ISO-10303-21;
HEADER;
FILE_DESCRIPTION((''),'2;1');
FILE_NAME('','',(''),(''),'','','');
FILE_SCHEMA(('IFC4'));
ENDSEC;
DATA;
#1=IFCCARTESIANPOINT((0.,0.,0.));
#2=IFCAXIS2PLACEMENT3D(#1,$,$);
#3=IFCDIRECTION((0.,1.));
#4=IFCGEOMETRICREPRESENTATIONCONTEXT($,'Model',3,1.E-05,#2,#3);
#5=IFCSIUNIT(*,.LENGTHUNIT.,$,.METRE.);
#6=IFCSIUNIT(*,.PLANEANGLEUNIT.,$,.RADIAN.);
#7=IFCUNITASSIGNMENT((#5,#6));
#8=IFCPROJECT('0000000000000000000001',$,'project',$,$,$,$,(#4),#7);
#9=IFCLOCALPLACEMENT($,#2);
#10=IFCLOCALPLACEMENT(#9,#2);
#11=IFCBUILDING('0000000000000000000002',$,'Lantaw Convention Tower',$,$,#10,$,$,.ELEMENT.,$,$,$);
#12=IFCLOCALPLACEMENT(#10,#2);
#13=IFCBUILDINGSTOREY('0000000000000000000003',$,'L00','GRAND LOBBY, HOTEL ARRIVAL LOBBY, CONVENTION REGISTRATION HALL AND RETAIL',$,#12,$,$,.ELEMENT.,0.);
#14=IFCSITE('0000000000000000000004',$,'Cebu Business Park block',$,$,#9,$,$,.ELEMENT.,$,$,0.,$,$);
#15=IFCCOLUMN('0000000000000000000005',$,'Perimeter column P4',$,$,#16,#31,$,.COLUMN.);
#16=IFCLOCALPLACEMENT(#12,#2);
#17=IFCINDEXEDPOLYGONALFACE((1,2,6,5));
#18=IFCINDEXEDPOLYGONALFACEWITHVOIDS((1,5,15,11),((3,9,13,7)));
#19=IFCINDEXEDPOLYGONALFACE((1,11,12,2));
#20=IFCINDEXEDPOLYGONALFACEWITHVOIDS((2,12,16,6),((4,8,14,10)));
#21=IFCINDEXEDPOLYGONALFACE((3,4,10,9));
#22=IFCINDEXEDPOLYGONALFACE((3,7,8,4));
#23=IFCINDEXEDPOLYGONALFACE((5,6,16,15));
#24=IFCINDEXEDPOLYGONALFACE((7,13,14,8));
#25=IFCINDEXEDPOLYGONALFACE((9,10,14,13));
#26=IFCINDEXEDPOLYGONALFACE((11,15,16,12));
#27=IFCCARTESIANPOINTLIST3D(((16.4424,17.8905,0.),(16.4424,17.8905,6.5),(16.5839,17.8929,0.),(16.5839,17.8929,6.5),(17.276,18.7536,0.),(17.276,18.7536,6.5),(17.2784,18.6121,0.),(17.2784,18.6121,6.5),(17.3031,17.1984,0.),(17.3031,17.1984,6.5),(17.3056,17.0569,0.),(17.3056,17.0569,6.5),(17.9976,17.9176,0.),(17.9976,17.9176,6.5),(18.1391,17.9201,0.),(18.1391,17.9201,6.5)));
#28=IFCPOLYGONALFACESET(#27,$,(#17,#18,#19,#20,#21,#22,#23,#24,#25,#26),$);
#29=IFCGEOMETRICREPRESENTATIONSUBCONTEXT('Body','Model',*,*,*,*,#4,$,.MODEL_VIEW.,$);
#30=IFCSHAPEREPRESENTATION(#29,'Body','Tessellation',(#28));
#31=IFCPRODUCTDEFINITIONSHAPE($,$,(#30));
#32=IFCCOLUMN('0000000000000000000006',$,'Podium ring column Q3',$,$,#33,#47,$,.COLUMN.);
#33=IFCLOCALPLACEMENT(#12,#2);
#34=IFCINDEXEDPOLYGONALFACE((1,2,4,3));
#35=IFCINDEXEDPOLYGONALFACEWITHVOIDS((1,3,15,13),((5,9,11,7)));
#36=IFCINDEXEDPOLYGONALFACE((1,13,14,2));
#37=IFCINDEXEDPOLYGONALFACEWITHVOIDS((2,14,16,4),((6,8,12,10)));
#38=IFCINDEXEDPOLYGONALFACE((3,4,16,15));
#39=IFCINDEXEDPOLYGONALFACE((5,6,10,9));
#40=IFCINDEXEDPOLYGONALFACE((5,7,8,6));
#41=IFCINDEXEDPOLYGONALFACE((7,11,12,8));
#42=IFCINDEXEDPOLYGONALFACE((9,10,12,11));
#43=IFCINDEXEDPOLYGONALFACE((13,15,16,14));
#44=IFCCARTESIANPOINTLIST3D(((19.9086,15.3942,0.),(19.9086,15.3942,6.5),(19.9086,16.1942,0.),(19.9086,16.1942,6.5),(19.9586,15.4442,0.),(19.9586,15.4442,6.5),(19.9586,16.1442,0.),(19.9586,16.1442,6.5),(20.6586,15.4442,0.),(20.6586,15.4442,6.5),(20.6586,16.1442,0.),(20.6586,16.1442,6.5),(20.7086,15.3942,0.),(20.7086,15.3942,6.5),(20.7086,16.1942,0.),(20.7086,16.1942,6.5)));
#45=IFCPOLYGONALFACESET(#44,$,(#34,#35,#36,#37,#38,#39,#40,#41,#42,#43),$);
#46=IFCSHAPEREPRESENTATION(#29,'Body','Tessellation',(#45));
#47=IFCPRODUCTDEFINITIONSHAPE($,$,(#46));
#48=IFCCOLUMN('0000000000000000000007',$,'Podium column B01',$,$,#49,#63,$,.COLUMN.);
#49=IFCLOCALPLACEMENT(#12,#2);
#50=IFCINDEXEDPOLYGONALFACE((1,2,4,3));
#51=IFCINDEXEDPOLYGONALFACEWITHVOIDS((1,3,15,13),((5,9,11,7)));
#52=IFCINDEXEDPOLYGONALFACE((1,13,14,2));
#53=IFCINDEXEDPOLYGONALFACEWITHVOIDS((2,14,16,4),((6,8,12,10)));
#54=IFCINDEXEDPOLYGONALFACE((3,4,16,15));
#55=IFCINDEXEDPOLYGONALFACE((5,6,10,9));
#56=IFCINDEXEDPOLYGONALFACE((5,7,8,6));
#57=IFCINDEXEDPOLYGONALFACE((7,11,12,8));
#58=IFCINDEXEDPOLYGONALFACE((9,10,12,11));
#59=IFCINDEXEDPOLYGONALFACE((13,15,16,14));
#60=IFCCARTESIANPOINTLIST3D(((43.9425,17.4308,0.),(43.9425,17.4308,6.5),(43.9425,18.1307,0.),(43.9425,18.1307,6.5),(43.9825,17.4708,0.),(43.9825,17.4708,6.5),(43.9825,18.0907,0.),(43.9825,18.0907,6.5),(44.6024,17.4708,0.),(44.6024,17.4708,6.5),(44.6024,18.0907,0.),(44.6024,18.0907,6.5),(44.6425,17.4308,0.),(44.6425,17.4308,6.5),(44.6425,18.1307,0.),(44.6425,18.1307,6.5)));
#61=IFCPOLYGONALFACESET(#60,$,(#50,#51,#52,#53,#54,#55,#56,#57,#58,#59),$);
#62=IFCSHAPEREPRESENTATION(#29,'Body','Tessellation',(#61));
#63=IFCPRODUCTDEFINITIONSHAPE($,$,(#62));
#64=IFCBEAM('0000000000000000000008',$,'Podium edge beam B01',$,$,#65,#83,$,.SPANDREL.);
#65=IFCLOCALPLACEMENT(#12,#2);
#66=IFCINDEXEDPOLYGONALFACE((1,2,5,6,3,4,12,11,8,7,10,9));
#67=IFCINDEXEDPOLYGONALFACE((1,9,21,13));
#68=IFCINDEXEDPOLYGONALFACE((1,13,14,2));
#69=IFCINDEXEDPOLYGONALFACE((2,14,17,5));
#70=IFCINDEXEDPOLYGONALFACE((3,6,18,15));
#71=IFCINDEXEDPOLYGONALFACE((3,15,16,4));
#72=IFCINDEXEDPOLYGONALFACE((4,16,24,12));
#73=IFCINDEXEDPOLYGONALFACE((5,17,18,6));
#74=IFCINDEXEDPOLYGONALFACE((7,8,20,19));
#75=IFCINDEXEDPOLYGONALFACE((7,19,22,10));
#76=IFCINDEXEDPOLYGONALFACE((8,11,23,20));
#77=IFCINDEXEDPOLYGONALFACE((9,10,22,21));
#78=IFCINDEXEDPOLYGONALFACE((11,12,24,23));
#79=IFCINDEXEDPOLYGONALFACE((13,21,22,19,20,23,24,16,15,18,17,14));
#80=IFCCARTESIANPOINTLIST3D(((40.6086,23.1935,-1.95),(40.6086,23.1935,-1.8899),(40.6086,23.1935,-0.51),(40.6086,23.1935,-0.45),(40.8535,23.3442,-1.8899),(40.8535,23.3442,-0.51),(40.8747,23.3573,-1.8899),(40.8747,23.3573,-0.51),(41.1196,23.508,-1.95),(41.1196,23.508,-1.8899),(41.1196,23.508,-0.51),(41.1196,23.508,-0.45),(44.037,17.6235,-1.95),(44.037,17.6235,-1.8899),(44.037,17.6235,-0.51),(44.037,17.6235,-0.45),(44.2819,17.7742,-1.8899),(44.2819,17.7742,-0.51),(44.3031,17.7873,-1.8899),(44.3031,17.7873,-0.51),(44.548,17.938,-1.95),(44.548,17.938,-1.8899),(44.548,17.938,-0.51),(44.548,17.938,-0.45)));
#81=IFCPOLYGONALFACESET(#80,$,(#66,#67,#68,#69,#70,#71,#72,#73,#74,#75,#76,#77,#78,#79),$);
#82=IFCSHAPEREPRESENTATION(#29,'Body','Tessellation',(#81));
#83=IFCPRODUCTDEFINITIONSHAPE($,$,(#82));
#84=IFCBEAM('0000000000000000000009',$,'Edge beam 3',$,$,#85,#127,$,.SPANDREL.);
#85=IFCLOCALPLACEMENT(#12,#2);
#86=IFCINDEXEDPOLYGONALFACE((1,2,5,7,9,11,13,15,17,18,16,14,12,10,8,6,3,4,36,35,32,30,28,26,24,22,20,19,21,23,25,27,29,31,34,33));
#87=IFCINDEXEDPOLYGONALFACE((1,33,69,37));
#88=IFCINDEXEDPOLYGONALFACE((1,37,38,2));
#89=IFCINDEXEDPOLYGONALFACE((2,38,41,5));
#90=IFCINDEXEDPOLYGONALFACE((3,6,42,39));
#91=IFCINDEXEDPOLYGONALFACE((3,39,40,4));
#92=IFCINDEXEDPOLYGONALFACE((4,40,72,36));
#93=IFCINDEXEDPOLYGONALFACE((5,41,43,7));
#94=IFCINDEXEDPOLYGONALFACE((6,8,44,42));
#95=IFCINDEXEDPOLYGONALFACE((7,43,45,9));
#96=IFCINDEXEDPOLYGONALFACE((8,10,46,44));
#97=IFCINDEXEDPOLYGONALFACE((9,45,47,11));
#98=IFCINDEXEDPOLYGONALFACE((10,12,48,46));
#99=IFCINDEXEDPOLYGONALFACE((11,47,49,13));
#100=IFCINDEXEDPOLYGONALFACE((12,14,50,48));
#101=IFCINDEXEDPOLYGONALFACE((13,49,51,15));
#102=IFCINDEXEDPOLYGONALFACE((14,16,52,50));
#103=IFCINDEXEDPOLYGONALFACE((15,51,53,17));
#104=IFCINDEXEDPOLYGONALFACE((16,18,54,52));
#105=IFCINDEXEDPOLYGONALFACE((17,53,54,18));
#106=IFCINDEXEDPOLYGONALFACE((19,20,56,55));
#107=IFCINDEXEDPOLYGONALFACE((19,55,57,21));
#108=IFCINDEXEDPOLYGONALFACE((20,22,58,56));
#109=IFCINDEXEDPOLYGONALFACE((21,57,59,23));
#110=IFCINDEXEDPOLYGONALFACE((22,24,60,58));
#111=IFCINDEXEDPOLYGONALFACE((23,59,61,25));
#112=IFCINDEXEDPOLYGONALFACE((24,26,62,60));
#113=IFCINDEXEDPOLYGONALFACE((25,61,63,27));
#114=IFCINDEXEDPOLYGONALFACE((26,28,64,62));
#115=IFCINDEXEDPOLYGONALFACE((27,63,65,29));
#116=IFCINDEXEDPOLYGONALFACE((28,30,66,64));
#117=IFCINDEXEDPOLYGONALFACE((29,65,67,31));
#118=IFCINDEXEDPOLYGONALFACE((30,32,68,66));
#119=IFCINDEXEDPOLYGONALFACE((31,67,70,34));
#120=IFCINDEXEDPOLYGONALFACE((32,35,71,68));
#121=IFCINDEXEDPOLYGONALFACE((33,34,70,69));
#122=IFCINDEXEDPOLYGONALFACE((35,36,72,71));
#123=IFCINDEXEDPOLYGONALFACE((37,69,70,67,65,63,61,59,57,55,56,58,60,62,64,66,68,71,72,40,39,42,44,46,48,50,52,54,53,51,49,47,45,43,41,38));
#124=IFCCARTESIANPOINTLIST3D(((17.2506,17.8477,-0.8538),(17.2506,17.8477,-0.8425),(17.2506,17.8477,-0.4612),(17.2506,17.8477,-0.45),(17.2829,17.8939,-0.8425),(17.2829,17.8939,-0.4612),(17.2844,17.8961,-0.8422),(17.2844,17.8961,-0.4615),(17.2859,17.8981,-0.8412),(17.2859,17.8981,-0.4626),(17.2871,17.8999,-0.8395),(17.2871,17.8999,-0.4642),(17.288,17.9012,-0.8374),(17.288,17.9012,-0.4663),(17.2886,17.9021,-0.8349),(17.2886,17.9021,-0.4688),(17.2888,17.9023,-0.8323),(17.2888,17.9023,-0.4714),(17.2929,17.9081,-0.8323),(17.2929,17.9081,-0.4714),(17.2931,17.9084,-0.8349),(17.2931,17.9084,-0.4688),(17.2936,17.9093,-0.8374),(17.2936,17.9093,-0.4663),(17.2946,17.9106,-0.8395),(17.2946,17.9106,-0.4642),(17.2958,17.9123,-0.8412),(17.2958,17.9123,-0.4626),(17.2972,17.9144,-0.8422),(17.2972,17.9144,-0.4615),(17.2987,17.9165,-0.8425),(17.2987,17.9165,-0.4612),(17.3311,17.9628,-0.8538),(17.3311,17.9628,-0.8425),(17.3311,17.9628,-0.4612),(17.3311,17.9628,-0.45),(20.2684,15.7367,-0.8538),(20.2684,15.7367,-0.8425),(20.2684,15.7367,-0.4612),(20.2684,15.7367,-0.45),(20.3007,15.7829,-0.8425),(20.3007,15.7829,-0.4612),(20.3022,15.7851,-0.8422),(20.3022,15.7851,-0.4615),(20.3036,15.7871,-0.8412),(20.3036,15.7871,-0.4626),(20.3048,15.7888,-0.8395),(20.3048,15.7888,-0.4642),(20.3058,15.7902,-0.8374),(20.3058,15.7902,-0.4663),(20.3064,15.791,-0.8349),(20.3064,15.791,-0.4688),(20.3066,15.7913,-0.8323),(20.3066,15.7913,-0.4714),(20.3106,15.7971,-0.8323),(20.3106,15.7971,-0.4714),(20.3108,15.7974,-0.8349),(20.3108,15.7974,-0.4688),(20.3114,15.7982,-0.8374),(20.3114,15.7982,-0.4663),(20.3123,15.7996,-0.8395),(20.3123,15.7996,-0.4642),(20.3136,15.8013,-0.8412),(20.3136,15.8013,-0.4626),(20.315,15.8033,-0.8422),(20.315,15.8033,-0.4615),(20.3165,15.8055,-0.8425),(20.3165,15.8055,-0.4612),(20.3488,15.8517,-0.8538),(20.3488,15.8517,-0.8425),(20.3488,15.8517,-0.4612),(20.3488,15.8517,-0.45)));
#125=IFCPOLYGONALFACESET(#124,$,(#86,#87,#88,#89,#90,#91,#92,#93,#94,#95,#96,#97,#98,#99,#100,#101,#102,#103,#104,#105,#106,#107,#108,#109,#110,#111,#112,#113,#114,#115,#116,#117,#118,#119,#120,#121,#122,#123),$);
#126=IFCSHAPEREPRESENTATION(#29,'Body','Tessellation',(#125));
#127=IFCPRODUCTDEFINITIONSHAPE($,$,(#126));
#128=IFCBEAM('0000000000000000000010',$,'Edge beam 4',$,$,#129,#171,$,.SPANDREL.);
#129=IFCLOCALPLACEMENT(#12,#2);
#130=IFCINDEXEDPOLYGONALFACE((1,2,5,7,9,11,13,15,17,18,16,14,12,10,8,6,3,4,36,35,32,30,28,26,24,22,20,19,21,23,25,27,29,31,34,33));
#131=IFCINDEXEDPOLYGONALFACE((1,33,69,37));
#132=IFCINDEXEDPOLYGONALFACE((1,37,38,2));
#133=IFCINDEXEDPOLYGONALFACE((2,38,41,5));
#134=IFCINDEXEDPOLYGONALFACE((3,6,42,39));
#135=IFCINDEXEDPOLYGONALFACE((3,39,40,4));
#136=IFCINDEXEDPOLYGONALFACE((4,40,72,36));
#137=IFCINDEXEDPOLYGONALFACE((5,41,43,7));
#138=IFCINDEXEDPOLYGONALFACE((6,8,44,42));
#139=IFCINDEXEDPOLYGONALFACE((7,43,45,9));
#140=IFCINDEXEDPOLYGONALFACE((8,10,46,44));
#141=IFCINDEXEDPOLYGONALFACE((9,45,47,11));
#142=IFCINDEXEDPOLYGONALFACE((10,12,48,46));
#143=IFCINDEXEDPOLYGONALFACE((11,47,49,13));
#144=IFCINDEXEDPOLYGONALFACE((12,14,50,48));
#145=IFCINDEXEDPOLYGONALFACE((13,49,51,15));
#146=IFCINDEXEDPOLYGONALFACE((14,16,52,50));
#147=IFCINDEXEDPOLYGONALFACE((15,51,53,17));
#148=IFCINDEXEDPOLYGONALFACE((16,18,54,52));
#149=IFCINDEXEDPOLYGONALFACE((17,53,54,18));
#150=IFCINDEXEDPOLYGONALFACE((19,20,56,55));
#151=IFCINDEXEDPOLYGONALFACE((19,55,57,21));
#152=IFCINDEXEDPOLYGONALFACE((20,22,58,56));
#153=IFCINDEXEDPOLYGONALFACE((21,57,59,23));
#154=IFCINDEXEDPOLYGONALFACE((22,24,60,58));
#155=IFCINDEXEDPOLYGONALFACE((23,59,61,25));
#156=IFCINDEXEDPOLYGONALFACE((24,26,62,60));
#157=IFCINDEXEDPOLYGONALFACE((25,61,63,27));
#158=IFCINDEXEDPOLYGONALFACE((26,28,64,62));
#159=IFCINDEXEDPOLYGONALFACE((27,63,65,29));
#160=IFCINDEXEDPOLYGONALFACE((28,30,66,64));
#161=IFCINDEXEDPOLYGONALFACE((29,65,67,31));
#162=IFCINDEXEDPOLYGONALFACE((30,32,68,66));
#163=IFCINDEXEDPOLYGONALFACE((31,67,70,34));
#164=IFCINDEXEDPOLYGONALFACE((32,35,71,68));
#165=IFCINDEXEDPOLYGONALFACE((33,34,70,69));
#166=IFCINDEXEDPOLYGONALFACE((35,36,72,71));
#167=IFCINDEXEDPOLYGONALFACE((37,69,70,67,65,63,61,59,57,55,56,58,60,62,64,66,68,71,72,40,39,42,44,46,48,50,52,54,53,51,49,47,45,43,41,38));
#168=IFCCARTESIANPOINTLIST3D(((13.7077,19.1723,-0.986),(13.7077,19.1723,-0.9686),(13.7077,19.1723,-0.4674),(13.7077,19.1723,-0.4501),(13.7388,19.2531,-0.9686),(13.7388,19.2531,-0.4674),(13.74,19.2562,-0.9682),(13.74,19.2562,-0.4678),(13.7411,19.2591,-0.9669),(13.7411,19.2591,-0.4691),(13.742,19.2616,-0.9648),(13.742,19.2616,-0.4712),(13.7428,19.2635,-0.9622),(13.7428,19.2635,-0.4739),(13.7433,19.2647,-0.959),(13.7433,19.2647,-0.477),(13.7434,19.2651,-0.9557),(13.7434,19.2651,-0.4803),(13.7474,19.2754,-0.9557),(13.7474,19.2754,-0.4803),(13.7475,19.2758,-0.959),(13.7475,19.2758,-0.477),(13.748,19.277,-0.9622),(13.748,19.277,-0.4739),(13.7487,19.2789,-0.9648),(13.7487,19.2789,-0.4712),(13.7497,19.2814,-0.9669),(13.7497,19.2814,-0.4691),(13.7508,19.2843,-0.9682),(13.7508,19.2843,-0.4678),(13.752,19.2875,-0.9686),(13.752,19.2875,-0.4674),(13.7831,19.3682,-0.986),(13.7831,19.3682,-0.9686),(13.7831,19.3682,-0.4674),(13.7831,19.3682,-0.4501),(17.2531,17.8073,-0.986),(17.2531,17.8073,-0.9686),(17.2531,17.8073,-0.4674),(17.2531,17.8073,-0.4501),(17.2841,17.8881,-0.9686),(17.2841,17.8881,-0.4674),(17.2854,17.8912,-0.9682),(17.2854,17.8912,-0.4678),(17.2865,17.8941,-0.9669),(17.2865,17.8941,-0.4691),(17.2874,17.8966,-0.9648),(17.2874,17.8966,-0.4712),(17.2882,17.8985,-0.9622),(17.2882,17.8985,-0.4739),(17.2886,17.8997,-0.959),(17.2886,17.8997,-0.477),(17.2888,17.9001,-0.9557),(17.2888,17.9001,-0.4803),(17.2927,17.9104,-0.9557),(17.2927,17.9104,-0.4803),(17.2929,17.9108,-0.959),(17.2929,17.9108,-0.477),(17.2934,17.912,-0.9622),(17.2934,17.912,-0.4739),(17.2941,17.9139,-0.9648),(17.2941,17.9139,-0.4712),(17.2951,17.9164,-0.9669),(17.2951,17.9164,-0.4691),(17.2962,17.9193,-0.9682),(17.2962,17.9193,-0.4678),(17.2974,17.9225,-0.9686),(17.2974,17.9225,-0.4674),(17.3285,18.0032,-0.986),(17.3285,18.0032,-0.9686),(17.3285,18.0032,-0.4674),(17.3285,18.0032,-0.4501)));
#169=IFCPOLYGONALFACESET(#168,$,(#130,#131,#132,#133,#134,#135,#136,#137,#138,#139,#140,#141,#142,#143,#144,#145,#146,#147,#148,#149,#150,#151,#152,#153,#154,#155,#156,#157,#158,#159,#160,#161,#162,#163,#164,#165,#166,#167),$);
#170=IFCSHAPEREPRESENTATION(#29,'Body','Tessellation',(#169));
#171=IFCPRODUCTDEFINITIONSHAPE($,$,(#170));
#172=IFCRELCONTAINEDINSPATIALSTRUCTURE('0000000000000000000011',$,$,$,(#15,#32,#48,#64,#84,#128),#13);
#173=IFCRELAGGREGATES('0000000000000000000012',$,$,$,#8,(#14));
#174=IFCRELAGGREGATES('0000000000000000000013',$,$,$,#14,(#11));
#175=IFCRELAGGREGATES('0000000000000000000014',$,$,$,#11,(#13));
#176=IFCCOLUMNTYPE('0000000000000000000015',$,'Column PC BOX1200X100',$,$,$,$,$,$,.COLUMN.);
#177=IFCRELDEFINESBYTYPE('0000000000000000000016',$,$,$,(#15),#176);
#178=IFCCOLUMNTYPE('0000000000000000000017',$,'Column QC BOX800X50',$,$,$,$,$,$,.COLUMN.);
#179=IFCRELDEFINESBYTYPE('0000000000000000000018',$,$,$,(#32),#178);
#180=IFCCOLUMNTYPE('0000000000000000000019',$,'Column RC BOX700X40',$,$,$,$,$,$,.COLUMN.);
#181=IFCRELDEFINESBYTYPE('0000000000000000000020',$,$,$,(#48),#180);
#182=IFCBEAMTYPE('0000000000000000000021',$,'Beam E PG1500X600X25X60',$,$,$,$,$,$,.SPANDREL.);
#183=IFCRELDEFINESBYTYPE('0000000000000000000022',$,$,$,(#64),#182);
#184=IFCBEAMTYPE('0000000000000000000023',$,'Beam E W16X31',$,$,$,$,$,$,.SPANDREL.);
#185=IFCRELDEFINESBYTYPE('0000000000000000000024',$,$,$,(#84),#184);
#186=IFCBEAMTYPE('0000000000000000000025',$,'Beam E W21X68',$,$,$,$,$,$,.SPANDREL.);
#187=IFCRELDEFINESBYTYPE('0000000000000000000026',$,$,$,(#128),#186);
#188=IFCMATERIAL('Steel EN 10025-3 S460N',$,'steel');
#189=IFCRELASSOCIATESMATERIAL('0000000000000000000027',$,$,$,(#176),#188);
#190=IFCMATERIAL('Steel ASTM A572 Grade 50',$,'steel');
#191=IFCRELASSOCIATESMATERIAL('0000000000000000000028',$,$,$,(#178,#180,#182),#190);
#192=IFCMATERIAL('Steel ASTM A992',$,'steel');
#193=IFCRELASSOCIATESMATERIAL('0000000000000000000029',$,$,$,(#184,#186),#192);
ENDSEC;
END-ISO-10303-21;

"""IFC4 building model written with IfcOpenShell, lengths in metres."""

from ifc_helpers import new_model, si_unit, direction, frame, origin, origin_2d, place, context, subcontext, project, spatial, rectangle, hollow_rectangle, i_section, extrude, material, material_profile, profile_set, type_object, element, save


model = new_model("IFC4")

# Units and contexts
model_context = context("Model", 3, precision=1e-05, world=origin(), true_north=direction((0.0, 1.0)))
body_context = subcontext(model_context, "Body", "Model", "MODEL_VIEW")
ifc_project = project(units=[si_unit("LENGTHUNIT", "METRE"), si_unit("PLANEANGLEUNIT", "RADIAN")], contexts=[model_context])

# Site, building, storey
site_placement = place(None, origin())
site = spatial("IfcSite", under=ifc_project, at=site_placement, Name="Cebu Business Park block", CompositionType="ELEMENT", RefElevation=0.0)
building_placement = place(site_placement, origin())
building = spatial("IfcBuilding", under=site, at=building_placement, Name="Lantaw Convention Tower", CompositionType="ELEMENT")
storey_placement = place(building_placement, origin())
storey = spatial("IfcBuildingStorey", under=building, at=storey_placement, Name="L00", Description="GRAND LOBBY, HOTEL ARRIVAL LOBBY, CONVENTION REGISTRATION HALL AND RETAIL", CompositionType="ELEMENT", Elevation=0.0)

# Columns
ifc_material_1 = material(Name="Steel EN 10025-3 S460N", Category="steel")
ifc_material_profile_1 = material_profile(ifc_material_1, hollow_rectangle(XDim=1.2, YDim=1.2, WallThickness=0.1001, at=origin_2d()), Name="BOX1200X100")
ifc_material_2 = material(Name="Concrete C60/75", Category="concrete")
ifc_material_profile_2 = material_profile(ifc_material_2, rectangle(XDim=1.0, YDim=1.0, at=origin_2d()), Name="Concrete fill of BOX1200X100")
ifc_profile_set_1 = profile_set([ifc_material_profile_1, ifc_material_profile_2], Name="Steel EN 10025-3 S460N")
column_type_1 = type_object("IfcColumnType", Name="Column PC BOX1200X100", PredefinedType="COLUMN", material=ifc_profile_set_1)
column_1_placement = place(storey_placement, frame((17.2908, 17.9053, 0.0), z_axis=(0.0, 0.0, 1.0), x_axis=(0.694658, 0.71934, 0.0)))
element("IfcColumn", 1, at=column_1_placement, inside=storey, type_object=column_type_1, Name="Perimeter column P4", PredefinedType="COLUMN", context=body_context, shape_type="SweptSolid", body=[
    extrude(hollow_rectangle(XDim=1.2, YDim=1.2, WallThickness=0.1001, at=origin_2d()), origin(), (0.0, 0.0, 1.0), 6.5),
])
ifc_material_3 = material(Name="Steel ASTM A572 Grade 50", Category="steel")
ifc_material_profile_3 = material_profile(ifc_material_3, hollow_rectangle(XDim=0.8, YDim=0.8, WallThickness=0.05, at=origin_2d()), Name="BOX800X50")
ifc_profile_set_2 = profile_set([ifc_material_profile_3], Name="Steel ASTM A572 Grade 50")
column_type_2 = type_object("IfcColumnType", Name="Column QC BOX800X50", PredefinedType="COLUMN", material=ifc_profile_set_2)
column_2_placement = place(storey_placement, frame((20.3086, 15.7942, 0.0), z_axis=(0.0, 0.0, 1.0), x_axis=(1.0, 0.0, 0.0)))
element("IfcColumn", 2, at=column_2_placement, inside=storey, type_object=column_type_2, Name="Podium ring column Q3", PredefinedType="COLUMN", context=body_context, shape_type="SweptSolid", body=[
    extrude(hollow_rectangle(XDim=0.8, YDim=0.8, WallThickness=0.05, at=origin_2d()), origin(), (0.0, 0.0, 1.0), 6.5),
])
ifc_material_profile_4 = material_profile(ifc_material_3, hollow_rectangle(XDim=0.7, YDim=0.7, WallThickness=0.04, at=origin_2d()), Name="BOX700X40")
ifc_profile_set_3 = profile_set([ifc_material_profile_4], Name="Steel ASTM A572 Grade 50")
column_type_3 = type_object("IfcColumnType", Name="Column RC BOX700X40", PredefinedType="COLUMN", material=ifc_profile_set_3)
column_3_placement = place(storey_placement, frame((44.2925, 17.7808, 0.0), z_axis=(0.0, 0.0, 1.0), x_axis=(1.0, 0.0, 0.0)))
element("IfcColumn", 3, at=column_3_placement, inside=storey, type_object=column_type_3, Name="Podium column B01", PredefinedType="COLUMN", context=body_context, shape_type="SweptSolid", body=[
    extrude(hollow_rectangle(XDim=0.7, YDim=0.7, WallThickness=0.04, at=origin_2d()), origin(), (0.0, 0.0, 1.0), 6.5),
])

# Beams
ifc_material_profile_5 = material_profile(ifc_material_3, i_section(OverallWidth=0.6001, OverallDepth=1.5, WebThickness=0.0249, FlangeThickness=0.0601, at=origin_2d()), Name="PG1500X600X25X60")
ifc_profile_set_4 = profile_set([ifc_material_profile_5], Name="Steel ASTM A572 Grade 50")
beam_type_1 = type_object("IfcBeamType", Name="Beam E PG1500X600X25X60", PredefinedType="SPANDREL", material=ifc_profile_set_4)
beam_1_placement = place(storey_placement, frame((44.2925, 17.7808, -1.2), z_axis=(-0.524179, 0.851608, 0.0), x_axis=(-0.851608, -0.524179, 0.0)))
element("IfcBeam", 4, at=beam_1_placement, inside=storey, type_object=beam_type_1, Name="Podium edge beam B01", PredefinedType="SPANDREL", context=body_context, shape_type="SweptSolid", body=[
    extrude(i_section(OverallWidth=0.6001, OverallDepth=1.5, WebThickness=0.0249, FlangeThickness=0.0601, at=origin_2d()), origin(), (0.0, 0.0, 1.0), 6.5405),
])
ifc_material_4 = material(Name="Steel ASTM A992", Category="steel")
ifc_material_profile_6 = material_profile(ifc_material_4, i_section(OverallWidth=0.1404, OverallDepth=0.4038, WebThickness=0.0071, FlangeThickness=0.0112, FilletRadius=0.0103, at=origin_2d()), Name="W16X31")
ifc_profile_set_5 = profile_set([ifc_material_profile_6], Name="Steel ASTM A992")
beam_type_2 = type_object("IfcBeamType", Name="Beam E W16X31", PredefinedType="SPANDREL", material=ifc_profile_set_5)
beam_2_placement = place(storey_placement, frame((20.3086, 15.7942, -0.6519), z_axis=(-0.819409, 0.573209, 0.0), x_axis=(-0.573209, -0.819409, 0.0)))
element("IfcBeam", 5, at=beam_2_placement, inside=storey, type_object=beam_type_2, Name="Edge beam 3", PredefinedType="SPANDREL", context=body_context, shape_type="SweptSolid", body=[
    extrude(i_section(OverallWidth=0.1404, OverallDepth=0.4038, WebThickness=0.0071, FlangeThickness=0.0112, FilletRadius=0.0103, at=origin_2d()), origin(), (0.0, 0.0, 1.0), 3.6829),
])
ifc_material_profile_7 = material_profile(ifc_material_4, i_section(OverallWidth=0.21, OverallDepth=0.5359, WebThickness=0.011, FlangeThickness=0.0173, FilletRadius=0.0129, at=origin_2d()), Name="W21X68")
ifc_profile_set_6 = profile_set([ifc_material_profile_7], Name="Steel ASTM A992")
beam_type_3 = type_object("IfcBeamType", Name="Beam E W21X68", PredefinedType="SPANDREL", material=ifc_profile_set_6)
beam_3_placement = place(storey_placement, frame((17.2908, 17.9053, -0.718), z_axis=(-0.933225, 0.359293, 0.0), x_axis=(-0.359293, -0.933225, 0.0)))
element("IfcBeam", 6, at=beam_3_placement, inside=storey, type_object=beam_type_3, Name="Edge beam 4", PredefinedType="SPANDREL", context=body_context, shape_type="SweptSolid", body=[
    extrude(i_section(OverallWidth=0.21, OverallDepth=0.5359, WebThickness=0.011, FlangeThickness=0.0173, FilletRadius=0.0129, at=origin_2d()), origin(), (0.0, 0.0, 1.0), 3.7991),
])

save(model, "model.ifc")
